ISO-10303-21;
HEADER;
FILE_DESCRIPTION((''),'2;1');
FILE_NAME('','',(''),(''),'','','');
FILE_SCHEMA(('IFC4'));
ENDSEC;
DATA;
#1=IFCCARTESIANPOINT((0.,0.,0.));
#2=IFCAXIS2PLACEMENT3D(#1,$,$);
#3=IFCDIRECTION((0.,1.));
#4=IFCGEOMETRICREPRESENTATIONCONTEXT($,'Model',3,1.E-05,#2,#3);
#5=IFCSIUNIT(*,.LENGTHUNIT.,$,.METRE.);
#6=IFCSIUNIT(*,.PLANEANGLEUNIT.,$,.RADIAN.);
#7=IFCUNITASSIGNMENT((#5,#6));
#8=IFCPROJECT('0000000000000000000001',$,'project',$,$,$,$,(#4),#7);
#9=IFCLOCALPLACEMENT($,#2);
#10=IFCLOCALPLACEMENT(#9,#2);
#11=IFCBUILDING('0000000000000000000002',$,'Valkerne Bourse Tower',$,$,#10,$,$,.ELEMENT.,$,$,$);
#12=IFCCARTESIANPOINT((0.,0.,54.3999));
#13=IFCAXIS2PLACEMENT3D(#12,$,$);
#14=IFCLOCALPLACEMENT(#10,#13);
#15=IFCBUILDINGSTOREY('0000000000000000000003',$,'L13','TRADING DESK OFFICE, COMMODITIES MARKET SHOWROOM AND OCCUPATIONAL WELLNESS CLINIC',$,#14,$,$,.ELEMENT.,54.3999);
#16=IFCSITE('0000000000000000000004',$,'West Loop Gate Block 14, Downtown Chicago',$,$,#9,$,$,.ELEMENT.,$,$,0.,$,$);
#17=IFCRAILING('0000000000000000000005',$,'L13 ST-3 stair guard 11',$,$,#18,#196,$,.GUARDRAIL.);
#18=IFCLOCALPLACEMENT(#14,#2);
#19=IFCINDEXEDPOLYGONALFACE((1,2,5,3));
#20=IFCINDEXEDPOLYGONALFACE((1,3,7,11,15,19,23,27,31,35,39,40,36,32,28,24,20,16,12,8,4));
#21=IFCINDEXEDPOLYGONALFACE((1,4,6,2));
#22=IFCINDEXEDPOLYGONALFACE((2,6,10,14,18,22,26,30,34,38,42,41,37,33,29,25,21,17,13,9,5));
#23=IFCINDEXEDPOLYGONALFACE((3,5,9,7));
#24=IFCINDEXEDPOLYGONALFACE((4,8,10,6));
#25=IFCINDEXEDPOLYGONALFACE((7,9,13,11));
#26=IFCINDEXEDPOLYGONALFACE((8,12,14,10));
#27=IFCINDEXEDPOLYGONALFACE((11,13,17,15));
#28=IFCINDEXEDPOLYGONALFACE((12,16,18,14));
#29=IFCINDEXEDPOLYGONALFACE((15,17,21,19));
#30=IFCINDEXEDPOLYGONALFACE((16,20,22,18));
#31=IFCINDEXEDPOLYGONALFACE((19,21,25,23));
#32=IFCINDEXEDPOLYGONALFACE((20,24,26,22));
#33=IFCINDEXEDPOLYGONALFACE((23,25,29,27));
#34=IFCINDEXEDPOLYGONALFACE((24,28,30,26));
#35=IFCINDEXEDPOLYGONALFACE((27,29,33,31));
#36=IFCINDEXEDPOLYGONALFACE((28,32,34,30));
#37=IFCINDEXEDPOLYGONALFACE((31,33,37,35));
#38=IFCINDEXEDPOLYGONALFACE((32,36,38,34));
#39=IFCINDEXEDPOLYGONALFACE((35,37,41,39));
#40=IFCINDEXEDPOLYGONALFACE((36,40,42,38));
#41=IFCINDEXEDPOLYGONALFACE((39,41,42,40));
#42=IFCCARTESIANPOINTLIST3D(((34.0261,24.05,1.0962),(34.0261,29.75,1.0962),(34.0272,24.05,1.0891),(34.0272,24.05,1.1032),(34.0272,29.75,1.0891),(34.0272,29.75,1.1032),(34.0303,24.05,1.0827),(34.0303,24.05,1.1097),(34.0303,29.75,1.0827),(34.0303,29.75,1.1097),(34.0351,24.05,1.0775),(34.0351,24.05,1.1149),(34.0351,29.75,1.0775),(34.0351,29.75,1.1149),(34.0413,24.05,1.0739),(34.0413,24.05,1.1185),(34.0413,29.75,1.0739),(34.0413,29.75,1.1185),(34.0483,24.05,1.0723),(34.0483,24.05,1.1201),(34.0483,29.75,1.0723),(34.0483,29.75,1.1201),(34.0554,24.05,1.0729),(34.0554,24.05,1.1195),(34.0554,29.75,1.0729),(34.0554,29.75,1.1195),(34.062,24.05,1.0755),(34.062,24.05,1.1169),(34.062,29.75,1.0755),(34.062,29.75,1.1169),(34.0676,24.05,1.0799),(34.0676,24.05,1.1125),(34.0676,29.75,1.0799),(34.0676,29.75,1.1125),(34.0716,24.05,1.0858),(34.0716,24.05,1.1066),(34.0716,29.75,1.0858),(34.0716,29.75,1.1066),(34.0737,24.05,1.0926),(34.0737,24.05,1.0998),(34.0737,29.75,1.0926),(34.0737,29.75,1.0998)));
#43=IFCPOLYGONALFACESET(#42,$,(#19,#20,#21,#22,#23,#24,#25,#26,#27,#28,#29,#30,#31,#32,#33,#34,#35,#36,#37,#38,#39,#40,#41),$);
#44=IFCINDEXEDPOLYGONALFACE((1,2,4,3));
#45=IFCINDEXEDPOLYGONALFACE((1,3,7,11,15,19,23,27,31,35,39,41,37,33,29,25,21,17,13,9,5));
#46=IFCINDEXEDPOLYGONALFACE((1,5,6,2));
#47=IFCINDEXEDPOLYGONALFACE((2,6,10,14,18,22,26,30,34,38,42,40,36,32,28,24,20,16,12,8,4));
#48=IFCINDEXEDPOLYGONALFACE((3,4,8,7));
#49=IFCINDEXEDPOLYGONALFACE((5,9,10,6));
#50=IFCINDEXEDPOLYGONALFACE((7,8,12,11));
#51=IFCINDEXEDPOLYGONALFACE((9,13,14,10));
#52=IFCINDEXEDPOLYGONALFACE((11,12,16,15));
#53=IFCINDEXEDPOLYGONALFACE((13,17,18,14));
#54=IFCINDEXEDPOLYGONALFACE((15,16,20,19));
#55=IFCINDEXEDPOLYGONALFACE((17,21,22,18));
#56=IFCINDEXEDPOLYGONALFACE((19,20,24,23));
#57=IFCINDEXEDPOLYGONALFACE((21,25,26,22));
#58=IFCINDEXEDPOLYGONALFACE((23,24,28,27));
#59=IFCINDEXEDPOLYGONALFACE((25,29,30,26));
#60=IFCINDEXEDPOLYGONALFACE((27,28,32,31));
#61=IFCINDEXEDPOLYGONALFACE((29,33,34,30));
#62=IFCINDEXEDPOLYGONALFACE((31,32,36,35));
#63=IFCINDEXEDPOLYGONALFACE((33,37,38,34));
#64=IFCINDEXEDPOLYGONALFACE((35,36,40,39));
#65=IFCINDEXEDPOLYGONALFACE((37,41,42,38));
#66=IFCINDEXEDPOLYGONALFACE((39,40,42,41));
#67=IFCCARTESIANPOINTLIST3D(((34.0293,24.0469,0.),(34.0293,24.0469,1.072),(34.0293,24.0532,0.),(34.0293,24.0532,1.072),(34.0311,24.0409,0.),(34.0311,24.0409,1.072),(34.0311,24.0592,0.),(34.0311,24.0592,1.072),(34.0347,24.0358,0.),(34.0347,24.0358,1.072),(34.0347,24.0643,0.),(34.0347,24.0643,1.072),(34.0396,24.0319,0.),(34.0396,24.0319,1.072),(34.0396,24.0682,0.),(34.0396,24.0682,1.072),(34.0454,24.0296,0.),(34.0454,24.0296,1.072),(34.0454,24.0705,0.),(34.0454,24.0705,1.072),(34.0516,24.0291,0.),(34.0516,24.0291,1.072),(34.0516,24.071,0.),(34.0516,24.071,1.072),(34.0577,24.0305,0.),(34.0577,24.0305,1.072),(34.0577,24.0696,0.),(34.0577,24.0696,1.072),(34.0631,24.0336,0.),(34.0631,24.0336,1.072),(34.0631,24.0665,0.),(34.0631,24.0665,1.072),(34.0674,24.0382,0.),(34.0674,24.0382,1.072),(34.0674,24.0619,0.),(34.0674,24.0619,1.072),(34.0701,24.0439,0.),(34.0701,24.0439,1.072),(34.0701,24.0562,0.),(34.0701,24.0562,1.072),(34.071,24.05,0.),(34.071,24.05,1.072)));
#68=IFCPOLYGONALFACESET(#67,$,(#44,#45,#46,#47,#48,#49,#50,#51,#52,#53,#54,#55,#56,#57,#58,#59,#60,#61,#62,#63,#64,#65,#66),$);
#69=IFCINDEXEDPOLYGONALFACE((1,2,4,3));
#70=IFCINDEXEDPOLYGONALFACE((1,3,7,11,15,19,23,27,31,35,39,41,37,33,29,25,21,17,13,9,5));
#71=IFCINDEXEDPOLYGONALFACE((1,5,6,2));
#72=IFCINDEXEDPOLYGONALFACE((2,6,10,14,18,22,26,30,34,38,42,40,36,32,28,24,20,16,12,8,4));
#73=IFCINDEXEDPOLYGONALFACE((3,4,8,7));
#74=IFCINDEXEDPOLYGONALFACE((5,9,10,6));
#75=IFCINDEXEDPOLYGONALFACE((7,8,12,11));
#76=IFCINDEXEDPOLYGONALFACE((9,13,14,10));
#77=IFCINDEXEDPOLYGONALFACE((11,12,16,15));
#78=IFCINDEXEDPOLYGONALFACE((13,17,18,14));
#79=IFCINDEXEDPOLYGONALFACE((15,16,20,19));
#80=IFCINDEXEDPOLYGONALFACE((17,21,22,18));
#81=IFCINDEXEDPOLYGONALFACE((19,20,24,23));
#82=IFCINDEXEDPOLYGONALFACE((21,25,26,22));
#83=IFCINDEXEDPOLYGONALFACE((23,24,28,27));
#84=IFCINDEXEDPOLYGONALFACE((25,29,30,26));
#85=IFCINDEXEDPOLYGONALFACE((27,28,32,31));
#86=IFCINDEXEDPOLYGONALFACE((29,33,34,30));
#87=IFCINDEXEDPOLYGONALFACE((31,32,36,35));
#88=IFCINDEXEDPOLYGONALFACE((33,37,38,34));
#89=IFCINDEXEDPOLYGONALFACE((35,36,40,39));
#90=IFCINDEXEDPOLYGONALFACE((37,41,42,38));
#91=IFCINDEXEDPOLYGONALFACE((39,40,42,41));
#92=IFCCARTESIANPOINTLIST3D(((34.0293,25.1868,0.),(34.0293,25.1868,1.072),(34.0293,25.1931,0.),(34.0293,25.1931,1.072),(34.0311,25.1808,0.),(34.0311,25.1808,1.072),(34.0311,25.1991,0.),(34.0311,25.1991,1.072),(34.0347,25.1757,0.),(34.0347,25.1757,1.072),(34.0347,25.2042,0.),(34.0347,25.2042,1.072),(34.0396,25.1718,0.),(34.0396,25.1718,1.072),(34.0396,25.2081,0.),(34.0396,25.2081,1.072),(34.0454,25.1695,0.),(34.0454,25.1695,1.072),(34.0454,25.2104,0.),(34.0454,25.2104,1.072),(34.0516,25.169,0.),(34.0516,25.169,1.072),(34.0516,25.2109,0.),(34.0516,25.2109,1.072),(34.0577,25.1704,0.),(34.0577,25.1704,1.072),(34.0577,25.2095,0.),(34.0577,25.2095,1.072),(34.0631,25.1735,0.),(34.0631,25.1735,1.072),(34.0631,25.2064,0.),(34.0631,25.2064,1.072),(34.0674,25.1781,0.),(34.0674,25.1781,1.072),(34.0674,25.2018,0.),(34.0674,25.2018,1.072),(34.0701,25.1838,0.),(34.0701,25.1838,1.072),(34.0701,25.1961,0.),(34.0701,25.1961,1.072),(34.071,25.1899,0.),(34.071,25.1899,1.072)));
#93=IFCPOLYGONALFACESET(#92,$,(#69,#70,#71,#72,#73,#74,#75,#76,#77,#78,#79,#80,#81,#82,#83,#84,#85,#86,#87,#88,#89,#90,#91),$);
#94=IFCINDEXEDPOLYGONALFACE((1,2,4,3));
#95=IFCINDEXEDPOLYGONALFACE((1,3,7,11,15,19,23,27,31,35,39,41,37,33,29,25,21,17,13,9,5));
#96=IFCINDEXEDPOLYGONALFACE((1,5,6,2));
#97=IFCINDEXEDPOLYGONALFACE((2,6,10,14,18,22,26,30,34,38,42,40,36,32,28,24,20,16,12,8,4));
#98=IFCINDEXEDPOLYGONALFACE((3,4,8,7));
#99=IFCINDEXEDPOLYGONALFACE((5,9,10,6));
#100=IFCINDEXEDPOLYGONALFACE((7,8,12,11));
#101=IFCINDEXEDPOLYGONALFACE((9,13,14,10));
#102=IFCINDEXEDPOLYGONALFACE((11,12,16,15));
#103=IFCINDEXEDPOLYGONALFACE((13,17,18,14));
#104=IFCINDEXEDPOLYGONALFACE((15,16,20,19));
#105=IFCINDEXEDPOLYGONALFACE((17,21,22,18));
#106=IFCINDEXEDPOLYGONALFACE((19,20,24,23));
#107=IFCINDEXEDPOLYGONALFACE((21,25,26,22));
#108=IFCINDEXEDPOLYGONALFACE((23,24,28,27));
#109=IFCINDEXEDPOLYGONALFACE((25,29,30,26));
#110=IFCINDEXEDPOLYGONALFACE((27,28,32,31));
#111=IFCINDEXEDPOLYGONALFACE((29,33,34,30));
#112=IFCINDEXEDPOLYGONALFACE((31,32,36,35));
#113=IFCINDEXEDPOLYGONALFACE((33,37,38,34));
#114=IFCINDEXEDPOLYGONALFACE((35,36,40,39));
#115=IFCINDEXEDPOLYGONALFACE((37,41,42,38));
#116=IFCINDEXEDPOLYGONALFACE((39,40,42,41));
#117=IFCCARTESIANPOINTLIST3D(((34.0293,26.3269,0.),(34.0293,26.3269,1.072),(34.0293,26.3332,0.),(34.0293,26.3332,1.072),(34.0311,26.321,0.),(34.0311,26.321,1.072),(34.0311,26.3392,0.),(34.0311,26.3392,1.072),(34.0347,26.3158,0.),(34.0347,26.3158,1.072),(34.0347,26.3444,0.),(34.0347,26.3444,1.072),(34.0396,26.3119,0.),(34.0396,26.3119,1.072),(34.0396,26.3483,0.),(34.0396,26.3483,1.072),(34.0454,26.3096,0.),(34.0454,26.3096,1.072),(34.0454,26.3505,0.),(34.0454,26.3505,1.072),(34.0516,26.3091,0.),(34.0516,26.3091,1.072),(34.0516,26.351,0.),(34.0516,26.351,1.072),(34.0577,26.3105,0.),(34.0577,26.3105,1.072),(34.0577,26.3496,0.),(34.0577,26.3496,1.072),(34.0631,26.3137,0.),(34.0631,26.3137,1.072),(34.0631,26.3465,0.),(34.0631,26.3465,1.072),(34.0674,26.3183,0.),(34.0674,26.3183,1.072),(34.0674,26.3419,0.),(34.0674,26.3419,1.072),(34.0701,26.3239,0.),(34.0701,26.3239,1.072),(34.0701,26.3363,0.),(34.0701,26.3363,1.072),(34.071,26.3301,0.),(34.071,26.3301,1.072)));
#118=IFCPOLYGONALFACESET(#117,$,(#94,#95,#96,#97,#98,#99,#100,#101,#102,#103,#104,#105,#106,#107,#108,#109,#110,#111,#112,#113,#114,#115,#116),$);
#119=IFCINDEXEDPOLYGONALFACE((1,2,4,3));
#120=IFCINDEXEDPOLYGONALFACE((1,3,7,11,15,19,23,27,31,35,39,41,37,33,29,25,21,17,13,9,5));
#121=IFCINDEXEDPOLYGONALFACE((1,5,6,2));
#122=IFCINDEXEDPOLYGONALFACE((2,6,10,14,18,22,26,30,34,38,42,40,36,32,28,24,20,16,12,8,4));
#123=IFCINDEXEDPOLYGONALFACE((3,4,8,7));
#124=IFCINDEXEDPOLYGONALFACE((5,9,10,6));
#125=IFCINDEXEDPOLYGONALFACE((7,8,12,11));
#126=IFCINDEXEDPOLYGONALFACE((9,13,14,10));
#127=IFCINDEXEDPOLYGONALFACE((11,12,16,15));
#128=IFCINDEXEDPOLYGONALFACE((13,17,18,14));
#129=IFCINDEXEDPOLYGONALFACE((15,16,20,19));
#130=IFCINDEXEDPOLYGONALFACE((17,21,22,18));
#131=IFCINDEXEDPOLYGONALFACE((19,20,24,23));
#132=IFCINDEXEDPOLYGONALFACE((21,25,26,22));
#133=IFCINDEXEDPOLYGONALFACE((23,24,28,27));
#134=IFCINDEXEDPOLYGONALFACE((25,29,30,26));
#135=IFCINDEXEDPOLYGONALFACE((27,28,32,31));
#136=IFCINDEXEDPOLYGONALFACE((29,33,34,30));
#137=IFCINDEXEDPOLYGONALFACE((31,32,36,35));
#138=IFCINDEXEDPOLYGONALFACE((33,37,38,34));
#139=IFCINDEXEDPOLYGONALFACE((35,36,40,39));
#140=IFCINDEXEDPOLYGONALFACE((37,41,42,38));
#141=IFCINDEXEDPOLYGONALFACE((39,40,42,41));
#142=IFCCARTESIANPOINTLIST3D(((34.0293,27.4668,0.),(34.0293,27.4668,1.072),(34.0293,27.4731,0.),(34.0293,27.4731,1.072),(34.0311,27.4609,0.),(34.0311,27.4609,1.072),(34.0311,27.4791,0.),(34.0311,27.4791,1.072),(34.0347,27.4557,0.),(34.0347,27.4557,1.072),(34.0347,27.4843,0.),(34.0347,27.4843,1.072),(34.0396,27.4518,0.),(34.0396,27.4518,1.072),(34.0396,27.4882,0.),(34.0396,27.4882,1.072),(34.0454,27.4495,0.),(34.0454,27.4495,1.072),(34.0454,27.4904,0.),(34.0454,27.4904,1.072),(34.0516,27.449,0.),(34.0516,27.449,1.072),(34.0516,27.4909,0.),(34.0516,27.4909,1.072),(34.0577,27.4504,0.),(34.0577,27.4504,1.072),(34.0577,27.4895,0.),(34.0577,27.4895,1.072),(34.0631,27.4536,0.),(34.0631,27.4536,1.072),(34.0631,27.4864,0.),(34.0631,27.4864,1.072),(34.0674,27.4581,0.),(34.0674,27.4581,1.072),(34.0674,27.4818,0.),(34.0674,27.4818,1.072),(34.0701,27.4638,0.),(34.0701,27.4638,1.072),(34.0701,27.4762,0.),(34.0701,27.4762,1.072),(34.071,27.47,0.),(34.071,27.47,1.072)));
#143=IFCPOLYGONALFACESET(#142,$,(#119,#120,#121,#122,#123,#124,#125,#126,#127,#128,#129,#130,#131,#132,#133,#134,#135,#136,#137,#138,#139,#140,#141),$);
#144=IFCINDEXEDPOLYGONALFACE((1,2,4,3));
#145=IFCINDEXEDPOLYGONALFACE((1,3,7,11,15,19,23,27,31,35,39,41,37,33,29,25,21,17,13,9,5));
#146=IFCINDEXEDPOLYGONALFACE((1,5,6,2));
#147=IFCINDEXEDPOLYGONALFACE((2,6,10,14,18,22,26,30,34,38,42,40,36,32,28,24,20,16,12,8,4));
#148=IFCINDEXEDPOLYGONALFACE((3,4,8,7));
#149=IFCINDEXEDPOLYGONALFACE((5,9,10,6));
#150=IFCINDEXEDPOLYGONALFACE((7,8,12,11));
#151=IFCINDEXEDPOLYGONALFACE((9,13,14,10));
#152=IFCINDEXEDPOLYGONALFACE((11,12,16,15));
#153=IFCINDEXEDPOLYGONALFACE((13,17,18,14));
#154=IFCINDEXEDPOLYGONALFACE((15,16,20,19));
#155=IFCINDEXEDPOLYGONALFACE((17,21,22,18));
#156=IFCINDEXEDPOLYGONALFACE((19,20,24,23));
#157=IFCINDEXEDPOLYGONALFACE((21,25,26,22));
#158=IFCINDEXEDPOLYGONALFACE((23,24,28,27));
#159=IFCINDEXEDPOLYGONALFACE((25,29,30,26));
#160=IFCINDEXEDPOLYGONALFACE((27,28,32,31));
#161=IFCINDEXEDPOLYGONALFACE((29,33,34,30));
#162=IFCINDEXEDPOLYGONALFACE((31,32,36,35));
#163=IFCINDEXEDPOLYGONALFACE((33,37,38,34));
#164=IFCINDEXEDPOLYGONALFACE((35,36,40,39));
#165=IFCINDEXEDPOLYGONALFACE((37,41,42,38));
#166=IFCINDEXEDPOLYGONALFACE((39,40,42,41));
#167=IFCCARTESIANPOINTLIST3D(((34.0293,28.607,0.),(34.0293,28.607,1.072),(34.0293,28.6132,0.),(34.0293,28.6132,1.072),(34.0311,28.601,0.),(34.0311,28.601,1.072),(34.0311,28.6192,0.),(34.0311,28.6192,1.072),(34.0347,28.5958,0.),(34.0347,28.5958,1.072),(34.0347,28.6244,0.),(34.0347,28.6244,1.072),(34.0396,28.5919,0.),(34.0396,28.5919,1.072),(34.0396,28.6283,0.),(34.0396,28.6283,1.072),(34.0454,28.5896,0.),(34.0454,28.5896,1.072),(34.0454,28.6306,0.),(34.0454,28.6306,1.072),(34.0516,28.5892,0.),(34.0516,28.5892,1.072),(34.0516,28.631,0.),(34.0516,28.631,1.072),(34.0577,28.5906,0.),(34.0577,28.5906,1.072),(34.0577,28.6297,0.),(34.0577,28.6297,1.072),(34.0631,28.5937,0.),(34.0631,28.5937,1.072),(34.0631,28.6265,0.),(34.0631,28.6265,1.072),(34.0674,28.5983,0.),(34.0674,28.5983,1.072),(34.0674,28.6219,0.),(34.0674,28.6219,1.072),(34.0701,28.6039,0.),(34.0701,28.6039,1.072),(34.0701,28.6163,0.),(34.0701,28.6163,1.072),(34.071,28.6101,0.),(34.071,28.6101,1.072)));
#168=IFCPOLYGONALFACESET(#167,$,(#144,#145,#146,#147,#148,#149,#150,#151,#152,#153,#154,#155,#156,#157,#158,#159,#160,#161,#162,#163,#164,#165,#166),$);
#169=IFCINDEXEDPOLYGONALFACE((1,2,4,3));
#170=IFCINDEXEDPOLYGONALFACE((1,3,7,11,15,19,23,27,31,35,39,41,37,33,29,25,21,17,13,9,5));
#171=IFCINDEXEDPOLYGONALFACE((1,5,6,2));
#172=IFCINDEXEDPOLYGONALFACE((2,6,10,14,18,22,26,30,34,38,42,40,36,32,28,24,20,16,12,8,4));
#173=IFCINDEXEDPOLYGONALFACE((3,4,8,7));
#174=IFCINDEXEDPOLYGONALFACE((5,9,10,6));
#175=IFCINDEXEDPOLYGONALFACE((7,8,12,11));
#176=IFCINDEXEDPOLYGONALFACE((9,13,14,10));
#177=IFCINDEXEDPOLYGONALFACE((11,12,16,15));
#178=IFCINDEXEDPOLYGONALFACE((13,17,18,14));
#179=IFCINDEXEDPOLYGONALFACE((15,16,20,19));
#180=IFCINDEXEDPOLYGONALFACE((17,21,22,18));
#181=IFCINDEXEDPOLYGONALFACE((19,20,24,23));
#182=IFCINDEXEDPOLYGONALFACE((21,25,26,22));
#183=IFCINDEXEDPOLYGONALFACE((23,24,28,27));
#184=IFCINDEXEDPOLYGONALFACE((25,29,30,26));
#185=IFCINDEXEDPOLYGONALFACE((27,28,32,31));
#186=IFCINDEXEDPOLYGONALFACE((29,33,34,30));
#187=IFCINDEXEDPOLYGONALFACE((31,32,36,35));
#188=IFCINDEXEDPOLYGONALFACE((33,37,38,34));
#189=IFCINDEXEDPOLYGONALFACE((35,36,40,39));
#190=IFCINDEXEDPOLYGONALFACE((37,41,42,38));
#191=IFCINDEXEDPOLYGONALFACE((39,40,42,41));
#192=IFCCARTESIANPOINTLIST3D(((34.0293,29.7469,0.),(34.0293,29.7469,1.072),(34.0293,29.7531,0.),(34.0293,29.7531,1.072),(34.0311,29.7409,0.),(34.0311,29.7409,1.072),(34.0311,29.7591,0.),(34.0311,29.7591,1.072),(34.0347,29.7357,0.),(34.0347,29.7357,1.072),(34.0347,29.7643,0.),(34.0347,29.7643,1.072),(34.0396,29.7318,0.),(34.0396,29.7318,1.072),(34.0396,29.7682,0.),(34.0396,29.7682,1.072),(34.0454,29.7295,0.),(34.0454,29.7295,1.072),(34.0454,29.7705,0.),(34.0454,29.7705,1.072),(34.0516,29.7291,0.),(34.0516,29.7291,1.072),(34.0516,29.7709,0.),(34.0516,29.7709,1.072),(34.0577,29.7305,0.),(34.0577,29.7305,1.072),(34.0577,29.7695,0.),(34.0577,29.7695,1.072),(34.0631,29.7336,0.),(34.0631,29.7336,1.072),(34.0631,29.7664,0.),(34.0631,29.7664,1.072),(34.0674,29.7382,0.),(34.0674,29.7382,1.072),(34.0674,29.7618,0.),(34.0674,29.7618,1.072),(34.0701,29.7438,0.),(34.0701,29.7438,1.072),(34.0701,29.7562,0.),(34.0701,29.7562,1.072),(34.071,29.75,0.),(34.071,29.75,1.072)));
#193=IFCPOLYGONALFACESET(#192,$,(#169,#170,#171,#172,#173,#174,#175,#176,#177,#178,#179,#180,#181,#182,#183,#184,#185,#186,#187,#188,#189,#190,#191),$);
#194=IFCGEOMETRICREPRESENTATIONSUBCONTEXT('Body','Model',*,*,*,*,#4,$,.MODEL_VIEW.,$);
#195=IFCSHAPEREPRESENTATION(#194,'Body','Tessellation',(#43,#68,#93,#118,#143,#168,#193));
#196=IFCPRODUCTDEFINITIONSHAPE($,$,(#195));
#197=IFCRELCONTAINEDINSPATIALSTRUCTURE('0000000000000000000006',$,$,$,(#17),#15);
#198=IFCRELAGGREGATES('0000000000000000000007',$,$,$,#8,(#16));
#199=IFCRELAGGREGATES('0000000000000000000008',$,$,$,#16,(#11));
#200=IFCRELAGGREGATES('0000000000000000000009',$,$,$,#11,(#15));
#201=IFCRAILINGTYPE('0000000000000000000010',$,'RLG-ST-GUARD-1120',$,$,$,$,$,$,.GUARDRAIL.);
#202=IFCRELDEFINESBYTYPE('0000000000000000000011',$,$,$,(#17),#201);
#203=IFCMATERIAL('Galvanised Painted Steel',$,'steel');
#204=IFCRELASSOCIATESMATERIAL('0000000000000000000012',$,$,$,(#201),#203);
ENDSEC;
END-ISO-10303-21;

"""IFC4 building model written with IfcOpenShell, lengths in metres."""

from ifc_helpers import new_model, si_unit, direction, frame, origin, origin_2d, place, context, subcontext, project, spatial, circle, extrude, material, type_object, element, save


model = new_model("IFC4")

# Units and contexts
model_context = context("Model", 3, precision=1e-05, world=origin(), true_north=direction((0.0, 1.0)))
body_context = subcontext(model_context, "Body", "Model", "MODEL_VIEW")
ifc_project = project(units=[si_unit("LENGTHUNIT", "METRE"), si_unit("PLANEANGLEUNIT", "RADIAN")], contexts=[model_context])

# Site, building, storey
site_placement = place(None, origin())
site = spatial("IfcSite", under=ifc_project, at=site_placement, Name="West Loop Gate Block 14, Downtown Chicago", CompositionType="ELEMENT", RefElevation=0.0)
building_placement = place(site_placement, origin())
building = spatial("IfcBuilding", under=site, at=building_placement, Name="Valkerne Bourse Tower", CompositionType="ELEMENT")
storey_placement = place(building_placement, frame((0.0, 0.0, 54.3999)))
storey = spatial("IfcBuildingStorey", under=building, at=storey_placement, Name="L13", Description="TRADING DESK OFFICE, COMMODITIES MARKET SHOWROOM AND OCCUPATIONAL WELLNESS CLINIC", CompositionType="ELEMENT", Elevation=54.3999)

# Shared definitions
ifc_material_1 = material(Name="Galvanised Painted Steel", Category="steel")

# Railing
railing_type_1 = type_object("IfcRailingType", Name="RLG-ST-GUARD-1120", PredefinedType="GUARDRAIL", material=ifc_material_1)
for number, where, name in (
    (1, (34.05, 24.05, 0.0), "L13 ST-3 stair guard 11"),
):
    element("IfcRailing", number, at=place(storey_placement, frame(where)), inside=storey, type_object=railing_type_1, Name=name, PredefinedType="GUARDRAIL", context=body_context, shape_type="SweptSolid", body=[
        extrude(circle(Radius=0.0239, at=origin_2d()), frame((0.0, 0.0, 1.0962), z_axis=(0.0, 1.0, 0.0), x_axis=(-1.0, 0.0, 0.0)), (0.0, 0.0, 1.0), 5.7),
        extrude(circle(Radius=0.021, at=origin_2d()), origin(), (0.0, 0.0, 1.0), 1.072),
        extrude(circle(Radius=0.021, at=origin_2d()), frame((0.0, 1.1399, 0.0)), (0.0, 0.0, 1.0), 1.072),
        extrude(circle(Radius=0.021, at=origin_2d()), frame((0.0, 2.28, 0.0)), (0.0, 0.0, 1.0), 1.072),
        extrude(circle(Radius=0.021, at=origin_2d()), frame((0.0, 3.4199, 0.0)), (0.0, 0.0, 1.0), 1.072),
        extrude(circle(Radius=0.021, at=origin_2d()), frame((0.0, 4.5601, 0.0)), (0.0, 0.0, 1.0), 1.072),
        extrude(circle(Radius=0.021, at=origin_2d()), frame((0.0, 5.7, 0.0)), (0.0, 0.0, 1.0), 1.072),
    ])

save(model, "model.ifc")
